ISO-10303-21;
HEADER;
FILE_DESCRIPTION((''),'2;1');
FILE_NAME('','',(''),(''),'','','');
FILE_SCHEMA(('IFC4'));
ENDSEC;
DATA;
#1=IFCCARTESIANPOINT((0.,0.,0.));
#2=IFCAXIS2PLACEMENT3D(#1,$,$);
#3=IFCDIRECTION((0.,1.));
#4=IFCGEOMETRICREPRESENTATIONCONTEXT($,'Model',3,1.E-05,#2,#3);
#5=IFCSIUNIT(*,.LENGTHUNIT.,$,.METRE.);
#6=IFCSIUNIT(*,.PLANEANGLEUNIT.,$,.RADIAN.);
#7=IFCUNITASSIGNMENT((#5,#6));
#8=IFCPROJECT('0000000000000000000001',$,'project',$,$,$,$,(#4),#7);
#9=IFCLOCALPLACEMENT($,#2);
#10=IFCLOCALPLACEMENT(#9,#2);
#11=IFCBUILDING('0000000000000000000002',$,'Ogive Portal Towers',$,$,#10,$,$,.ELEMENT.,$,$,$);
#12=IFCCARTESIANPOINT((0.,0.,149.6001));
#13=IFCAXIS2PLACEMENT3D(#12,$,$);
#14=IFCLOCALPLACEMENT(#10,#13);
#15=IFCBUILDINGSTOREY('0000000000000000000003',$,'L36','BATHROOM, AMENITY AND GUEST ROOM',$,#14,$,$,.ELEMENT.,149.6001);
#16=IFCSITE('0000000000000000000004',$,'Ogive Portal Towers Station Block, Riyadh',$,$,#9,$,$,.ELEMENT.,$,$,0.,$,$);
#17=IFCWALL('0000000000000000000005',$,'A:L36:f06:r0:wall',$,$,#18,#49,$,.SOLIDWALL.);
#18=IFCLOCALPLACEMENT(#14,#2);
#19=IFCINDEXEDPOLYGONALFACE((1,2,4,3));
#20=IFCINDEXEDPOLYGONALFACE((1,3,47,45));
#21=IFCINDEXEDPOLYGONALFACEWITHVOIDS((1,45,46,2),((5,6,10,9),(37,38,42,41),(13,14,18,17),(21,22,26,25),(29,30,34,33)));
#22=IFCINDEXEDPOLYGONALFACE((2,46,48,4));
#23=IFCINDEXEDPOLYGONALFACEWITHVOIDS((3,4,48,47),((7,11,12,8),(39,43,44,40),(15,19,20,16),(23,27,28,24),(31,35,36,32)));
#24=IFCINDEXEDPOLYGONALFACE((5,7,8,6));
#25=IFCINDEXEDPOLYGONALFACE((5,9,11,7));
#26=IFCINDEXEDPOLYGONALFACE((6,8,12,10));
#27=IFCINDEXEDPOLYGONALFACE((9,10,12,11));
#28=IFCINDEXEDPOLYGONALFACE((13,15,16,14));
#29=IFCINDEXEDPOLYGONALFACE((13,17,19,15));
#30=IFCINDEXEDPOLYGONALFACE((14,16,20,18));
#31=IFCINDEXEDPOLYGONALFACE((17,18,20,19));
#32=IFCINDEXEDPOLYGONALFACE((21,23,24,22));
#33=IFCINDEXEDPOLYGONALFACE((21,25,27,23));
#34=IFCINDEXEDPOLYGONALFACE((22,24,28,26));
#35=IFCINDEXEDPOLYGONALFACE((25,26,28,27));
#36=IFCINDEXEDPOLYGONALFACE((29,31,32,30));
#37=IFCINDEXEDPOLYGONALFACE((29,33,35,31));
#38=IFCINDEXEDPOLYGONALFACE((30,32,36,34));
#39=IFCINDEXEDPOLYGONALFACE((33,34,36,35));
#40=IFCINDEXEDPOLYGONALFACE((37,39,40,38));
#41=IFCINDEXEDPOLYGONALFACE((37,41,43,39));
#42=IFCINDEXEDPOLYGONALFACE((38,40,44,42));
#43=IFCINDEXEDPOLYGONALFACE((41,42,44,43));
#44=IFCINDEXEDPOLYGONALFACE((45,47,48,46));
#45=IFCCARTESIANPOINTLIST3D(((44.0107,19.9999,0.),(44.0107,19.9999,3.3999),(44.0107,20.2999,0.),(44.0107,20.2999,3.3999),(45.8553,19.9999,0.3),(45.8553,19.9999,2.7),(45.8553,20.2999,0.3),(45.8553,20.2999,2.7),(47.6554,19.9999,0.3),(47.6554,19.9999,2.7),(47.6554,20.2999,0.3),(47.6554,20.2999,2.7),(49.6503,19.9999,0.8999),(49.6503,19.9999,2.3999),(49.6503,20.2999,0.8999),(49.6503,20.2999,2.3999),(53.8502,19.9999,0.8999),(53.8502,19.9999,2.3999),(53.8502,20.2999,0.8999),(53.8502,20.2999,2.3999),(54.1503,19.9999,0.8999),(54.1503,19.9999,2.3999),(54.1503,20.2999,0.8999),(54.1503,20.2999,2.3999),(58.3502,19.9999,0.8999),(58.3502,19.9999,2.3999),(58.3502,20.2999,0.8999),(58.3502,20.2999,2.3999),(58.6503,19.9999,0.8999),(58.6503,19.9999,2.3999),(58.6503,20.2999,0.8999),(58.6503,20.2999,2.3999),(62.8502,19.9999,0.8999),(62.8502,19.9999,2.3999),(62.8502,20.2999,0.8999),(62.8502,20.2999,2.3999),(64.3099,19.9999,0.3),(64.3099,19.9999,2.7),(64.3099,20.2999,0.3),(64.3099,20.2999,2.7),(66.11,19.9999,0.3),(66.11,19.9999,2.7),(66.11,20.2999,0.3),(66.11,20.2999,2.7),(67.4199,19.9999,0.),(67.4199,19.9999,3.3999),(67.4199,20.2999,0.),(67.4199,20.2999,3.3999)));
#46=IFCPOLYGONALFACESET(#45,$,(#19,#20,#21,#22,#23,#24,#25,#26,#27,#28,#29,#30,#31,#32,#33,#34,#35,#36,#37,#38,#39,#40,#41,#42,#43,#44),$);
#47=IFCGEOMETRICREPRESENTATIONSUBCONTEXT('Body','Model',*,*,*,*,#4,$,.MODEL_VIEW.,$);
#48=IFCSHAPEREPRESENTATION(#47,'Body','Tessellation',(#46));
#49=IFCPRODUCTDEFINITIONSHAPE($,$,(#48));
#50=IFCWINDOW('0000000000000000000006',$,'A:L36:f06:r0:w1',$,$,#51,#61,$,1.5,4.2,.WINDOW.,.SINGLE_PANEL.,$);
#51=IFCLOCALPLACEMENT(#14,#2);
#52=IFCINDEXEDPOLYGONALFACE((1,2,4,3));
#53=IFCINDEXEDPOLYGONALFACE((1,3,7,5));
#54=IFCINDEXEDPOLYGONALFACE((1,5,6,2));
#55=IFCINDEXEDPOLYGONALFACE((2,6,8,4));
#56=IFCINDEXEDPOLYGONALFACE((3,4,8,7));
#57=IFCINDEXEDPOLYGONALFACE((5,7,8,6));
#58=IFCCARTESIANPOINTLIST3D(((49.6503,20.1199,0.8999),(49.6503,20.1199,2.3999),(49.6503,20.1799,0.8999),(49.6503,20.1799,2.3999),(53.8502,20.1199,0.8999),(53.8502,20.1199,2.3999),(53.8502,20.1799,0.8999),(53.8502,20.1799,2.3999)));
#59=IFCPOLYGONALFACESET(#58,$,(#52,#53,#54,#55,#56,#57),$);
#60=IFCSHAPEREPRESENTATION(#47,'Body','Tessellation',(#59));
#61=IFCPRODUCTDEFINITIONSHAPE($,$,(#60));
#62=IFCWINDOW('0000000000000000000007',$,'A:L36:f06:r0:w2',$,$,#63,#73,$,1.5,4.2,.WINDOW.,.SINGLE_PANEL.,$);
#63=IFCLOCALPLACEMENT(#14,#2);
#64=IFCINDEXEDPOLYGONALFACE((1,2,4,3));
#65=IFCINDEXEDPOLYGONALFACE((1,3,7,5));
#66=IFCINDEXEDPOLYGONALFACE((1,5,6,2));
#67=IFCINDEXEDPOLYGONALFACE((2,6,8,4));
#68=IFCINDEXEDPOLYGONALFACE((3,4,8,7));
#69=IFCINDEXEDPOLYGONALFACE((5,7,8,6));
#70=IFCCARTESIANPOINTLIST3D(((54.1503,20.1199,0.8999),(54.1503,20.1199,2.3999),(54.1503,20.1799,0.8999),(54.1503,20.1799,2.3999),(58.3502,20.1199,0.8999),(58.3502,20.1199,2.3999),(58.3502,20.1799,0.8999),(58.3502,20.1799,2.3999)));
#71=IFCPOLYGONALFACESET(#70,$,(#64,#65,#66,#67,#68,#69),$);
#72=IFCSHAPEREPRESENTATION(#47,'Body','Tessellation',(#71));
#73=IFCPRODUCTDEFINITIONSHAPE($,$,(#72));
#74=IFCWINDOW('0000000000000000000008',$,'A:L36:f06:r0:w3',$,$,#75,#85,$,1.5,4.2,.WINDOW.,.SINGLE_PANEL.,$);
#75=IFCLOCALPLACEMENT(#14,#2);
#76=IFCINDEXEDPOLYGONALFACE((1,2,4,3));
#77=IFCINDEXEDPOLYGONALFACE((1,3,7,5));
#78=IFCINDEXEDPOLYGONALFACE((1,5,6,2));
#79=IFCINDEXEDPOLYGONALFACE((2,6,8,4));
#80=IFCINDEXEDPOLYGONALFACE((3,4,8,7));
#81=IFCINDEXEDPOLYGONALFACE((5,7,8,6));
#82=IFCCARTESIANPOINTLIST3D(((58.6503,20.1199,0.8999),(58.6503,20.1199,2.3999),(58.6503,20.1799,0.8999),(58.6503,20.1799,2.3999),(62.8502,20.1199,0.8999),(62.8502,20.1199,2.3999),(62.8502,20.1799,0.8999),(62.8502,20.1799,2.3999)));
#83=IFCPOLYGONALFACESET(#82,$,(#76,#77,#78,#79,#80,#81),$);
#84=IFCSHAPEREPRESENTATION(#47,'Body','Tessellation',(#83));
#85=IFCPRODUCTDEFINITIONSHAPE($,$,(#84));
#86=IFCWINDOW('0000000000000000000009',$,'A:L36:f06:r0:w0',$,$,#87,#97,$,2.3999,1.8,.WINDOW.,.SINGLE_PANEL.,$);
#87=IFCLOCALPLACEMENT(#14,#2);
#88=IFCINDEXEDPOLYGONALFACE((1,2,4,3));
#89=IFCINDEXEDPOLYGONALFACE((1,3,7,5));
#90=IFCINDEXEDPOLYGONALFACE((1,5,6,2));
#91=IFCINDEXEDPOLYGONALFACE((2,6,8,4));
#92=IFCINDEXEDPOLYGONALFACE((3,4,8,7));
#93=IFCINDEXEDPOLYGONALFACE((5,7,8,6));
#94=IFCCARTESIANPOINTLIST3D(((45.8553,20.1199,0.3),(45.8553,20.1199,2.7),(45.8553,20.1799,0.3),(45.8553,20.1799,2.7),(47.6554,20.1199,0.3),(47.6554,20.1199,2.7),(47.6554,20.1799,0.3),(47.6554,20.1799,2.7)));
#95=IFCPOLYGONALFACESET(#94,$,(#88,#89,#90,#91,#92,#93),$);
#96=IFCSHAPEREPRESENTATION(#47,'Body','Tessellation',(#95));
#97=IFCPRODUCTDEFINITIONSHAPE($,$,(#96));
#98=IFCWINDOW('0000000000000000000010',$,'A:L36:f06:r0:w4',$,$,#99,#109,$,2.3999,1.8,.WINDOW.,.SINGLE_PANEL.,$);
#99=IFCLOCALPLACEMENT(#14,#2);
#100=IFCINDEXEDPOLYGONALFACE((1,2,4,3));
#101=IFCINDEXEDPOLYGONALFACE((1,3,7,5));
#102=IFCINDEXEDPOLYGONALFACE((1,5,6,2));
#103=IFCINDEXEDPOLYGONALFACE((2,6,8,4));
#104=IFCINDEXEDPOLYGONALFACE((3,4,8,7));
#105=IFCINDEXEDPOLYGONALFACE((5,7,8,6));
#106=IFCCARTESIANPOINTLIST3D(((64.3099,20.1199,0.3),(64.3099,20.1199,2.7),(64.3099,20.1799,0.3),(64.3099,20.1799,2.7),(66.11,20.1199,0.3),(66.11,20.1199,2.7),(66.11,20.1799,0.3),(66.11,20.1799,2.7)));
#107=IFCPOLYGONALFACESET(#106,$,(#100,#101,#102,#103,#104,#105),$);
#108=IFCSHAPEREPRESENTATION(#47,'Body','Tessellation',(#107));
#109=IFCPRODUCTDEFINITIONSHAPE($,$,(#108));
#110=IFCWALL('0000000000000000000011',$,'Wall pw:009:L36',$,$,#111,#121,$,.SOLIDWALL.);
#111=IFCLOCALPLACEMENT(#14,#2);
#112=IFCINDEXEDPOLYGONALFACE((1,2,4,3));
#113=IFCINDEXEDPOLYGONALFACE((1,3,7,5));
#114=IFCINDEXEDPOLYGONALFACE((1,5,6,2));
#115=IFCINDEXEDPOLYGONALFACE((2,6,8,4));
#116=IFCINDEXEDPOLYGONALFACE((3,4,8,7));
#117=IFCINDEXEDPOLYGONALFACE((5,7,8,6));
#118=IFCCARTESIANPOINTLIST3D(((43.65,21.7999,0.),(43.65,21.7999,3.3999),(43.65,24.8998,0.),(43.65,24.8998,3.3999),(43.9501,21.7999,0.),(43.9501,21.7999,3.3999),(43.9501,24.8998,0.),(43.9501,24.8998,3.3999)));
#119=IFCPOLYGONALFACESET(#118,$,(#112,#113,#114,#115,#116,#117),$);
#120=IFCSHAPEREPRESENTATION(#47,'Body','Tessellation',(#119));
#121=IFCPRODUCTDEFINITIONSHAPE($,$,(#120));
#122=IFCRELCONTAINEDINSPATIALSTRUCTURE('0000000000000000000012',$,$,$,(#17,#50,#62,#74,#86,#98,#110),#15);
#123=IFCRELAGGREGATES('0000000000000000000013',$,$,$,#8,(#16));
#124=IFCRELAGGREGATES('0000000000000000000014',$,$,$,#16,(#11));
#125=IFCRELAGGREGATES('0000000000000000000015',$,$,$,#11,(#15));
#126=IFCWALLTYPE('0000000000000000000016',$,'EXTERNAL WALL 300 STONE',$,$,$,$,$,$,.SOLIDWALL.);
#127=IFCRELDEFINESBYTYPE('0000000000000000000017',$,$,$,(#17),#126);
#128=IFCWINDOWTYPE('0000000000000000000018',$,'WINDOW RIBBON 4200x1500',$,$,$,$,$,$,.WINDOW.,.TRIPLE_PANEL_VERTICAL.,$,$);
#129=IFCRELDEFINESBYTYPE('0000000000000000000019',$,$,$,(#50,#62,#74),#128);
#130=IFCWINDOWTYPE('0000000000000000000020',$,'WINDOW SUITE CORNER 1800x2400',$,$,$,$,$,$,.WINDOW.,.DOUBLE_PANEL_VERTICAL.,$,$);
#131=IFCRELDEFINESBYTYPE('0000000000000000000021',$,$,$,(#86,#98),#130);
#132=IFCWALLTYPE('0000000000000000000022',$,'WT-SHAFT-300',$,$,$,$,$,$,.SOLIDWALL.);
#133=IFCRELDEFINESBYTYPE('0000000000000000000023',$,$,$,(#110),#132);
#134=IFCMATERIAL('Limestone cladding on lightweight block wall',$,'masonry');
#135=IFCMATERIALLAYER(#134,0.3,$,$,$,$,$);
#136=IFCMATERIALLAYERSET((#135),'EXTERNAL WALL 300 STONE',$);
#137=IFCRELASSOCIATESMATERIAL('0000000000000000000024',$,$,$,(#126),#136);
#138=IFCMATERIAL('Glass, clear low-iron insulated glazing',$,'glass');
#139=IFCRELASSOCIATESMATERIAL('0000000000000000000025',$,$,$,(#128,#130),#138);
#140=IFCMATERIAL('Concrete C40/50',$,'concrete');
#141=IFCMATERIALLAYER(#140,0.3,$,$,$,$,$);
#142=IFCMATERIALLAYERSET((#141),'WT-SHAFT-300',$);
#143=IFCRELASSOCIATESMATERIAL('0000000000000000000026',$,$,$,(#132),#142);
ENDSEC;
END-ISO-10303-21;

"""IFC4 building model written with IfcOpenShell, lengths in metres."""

from ifc_helpers import new_model, si_unit, direction, frame, frame_2d, origin, place, context, subcontext, project, spatial, rectangle, extrude, material, layer, layer_set, type_object, element, fill, save


model = new_model("IFC4")

# Units and contexts
model_context = context("Model", 3, precision=1e-05, world=origin(), true_north=direction((0.0, 1.0)))
body_context = subcontext(model_context, "Body", "Model", "MODEL_VIEW")
ifc_project = project(units=[si_unit("LENGTHUNIT", "METRE"), si_unit("PLANEANGLEUNIT", "RADIAN")], contexts=[model_context])

# Site, building, storey
site_placement = place(None, origin())
site = spatial("IfcSite", under=ifc_project, at=site_placement, Name="Ogive Portal Towers Station Block, Riyadh", CompositionType="ELEMENT", RefElevation=0.0)
building_placement = place(site_placement, origin())
building = spatial("IfcBuilding", under=site, at=building_placement, Name="Ogive Portal Towers", CompositionType="ELEMENT")
storey_placement = place(building_placement, frame((0.0, 0.0, 149.6001)))
storey = spatial("IfcBuildingStorey", under=building, at=storey_placement, Name="L36", Description="BATHROOM, AMENITY AND GUEST ROOM", CompositionType="ELEMENT", Elevation=149.6001)

# Shared definitions
ifc_material_1 = material(Name="Limestone cladding on lightweight block wall", Category="masonry")
ifc_layer_1 = layer(ifc_material_1, 0.3)
ifc_layer_set_1 = layer_set([ifc_layer_1], Name="EXTERNAL WALL 300 STONE")
wall_type_1 = type_object("IfcWallType", Name="EXTERNAL WALL 300 STONE", PredefinedType="SOLIDWALL", material=ifc_layer_set_1)

# Wall, openings, windows
wall_1_placement = place(storey_placement, frame((44.0107, 20.1499, 0.0), z_axis=(0.0, 0.0, 1.0), x_axis=(1.0, 0.0, 0.0)))
wall_1 = element("IfcWall", 1, at=wall_1_placement, inside=storey, type_object=wall_type_1, Name="A:L36:f06:r0:wall", PredefinedType="SOLIDWALL", context=body_context, shape_type="SweptSolid", body=[
    extrude(rectangle(XDim=23.4092, YDim=0.3, at=frame_2d((11.7046, 0.0))), origin(), (0.0, 0.0, 1.0), 3.3999),
])
opening_1_placement = place(wall_1_placement, frame((1.8447, 0.0, 0.3)))
opening_1 = element("IfcOpeningElement", 2, at=opening_1_placement, cuts=wall_1, PredefinedType="OPENING", context=body_context, shape_type="SweptSolid", body=[
    extrude(rectangle(XDim=1.8, YDim=2.3999, at=frame_2d((0.8999, 1.2))), frame((0.0, 0.1602, 0.0), z_axis=(0.0, -1.0, 0.0), x_axis=(1.0, 0.0, 0.0)), (0.0, 0.0, 1.0), 0.3201),
])
opening_2_placement = place(wall_1_placement, frame((5.6394, 0.0, 0.8999)))
opening_2 = element("IfcOpeningElement", 3, at=opening_2_placement, cuts=wall_1, PredefinedType="OPENING", context=body_context, shape_type="SweptSolid", body=[
    extrude(rectangle(XDim=4.2, YDim=1.5, at=frame_2d((2.1001, 0.75))), frame((0.0, 0.1602, 0.0), z_axis=(0.0, -1.0, 0.0), x_axis=(1.0, 0.0, 0.0)), (0.0, 0.0, 1.0), 0.3201),
])
opening_3_placement = place(wall_1_placement, frame((10.1394, 0.0, 0.8999)))
opening_3 = element("IfcOpeningElement", 4, at=opening_3_placement, cuts=wall_1, PredefinedType="OPENING", context=body_context, shape_type="SweptSolid", body=[
    extrude(rectangle(XDim=4.2, YDim=1.5, at=frame_2d((2.1001, 0.75))), frame((0.0, 0.1602, 0.0), z_axis=(0.0, -1.0, 0.0), x_axis=(1.0, 0.0, 0.0)), (0.0, 0.0, 1.0), 0.3201),
])
opening_4_placement = place(wall_1_placement, frame((14.6394, 0.0, 0.8999)))
opening_4 = element("IfcOpeningElement", 5, at=opening_4_placement, cuts=wall_1, PredefinedType="OPENING", context=body_context, shape_type="SweptSolid", body=[
    extrude(rectangle(XDim=4.2, YDim=1.5, at=frame_2d((2.1001, 0.75))), frame((0.0, 0.1602, 0.0), z_axis=(0.0, -1.0, 0.0), x_axis=(1.0, 0.0, 0.0)), (0.0, 0.0, 1.0), 0.3201),
])
opening_5_placement = place(wall_1_placement, frame((20.2993, 0.0, 0.3)))
opening_5 = element("IfcOpeningElement", 6, at=opening_5_placement, cuts=wall_1, PredefinedType="OPENING", context=body_context, shape_type="SweptSolid", body=[
    extrude(rectangle(XDim=1.8, YDim=2.3999, at=frame_2d((0.8999, 1.2))), frame((0.0, 0.1602, 0.0), z_axis=(0.0, -1.0, 0.0), x_axis=(1.0, 0.0, 0.0)), (0.0, 0.0, 1.0), 0.3201),
])
ifc_material_2 = material(Name="Glass, clear low-iron insulated glazing", Category="glass")
window_type_1 = type_object("IfcWindowType", Name="WINDOW RIBBON 4200x1500", PartitioningType="TRIPLE_PANEL_VERTICAL", PredefinedType="WINDOW", material=ifc_material_2)
window_1_placement = place(opening_2_placement, origin())
window_1 = element("IfcWindow", 7, at=window_1_placement, inside=storey, type_object=window_type_1, Name="A:L36:f06:r0:w1", OverallHeight=1.5, OverallWidth=4.2, PartitioningType="SINGLE_PANEL", PredefinedType="WINDOW", context=body_context, shape_type="SweptSolid", body=[
    extrude(rectangle(XDim=4.2, YDim=1.5, at=frame_2d((2.1001, 0.75))), frame((0.0, 0.03, 0.0), z_axis=(0.0, -1.0, 0.0), x_axis=(1.0, 0.0, 0.0)), (0.0, 0.0, 1.0), 0.0601),
])
fill(opening_2, window_1)
window_2_placement = place(opening_3_placement, origin())
window_2 = element("IfcWindow", 8, at=window_2_placement, inside=storey, type_object=window_type_1, Name="A:L36:f06:r0:w2", OverallHeight=1.5, OverallWidth=4.2, PartitioningType="SINGLE_PANEL", PredefinedType="WINDOW", context=body_context, shape_type="SweptSolid", body=[
    extrude(rectangle(XDim=4.2, YDim=1.5, at=frame_2d((2.1001, 0.75))), frame((0.0, 0.03, 0.0), z_axis=(0.0, -1.0, 0.0), x_axis=(1.0, 0.0, 0.0)), (0.0, 0.0, 1.0), 0.0601),
])
fill(opening_3, window_2)
window_3_placement = place(opening_4_placement, origin())
window_3 = element("IfcWindow", 9, at=window_3_placement, inside=storey, type_object=window_type_1, Name="A:L36:f06:r0:w3", OverallHeight=1.5, OverallWidth=4.2, PartitioningType="SINGLE_PANEL", PredefinedType="WINDOW", context=body_context, shape_type="SweptSolid", body=[
    extrude(rectangle(XDim=4.2, YDim=1.5, at=frame_2d((2.1001, 0.75))), frame((0.0, 0.03, 0.0), z_axis=(0.0, -1.0, 0.0), x_axis=(1.0, 0.0, 0.0)), (0.0, 0.0, 1.0), 0.0601),
])
fill(opening_4, window_3)
window_type_2 = type_object("IfcWindowType", Name="WINDOW SUITE CORNER 1800x2400", PartitioningType="DOUBLE_PANEL_VERTICAL", PredefinedType="WINDOW", material=ifc_material_2)
window_4_placement = place(opening_1_placement, origin())
window_4 = element("IfcWindow", 10, at=window_4_placement, inside=storey, type_object=window_type_2, Name="A:L36:f06:r0:w0", OverallHeight=2.3999, OverallWidth=1.8, PartitioningType="SINGLE_PANEL", PredefinedType="WINDOW", context=body_context, shape_type="SweptSolid", body=[
    extrude(rectangle(XDim=1.8, YDim=2.3999, at=frame_2d((0.8999, 1.2))), frame((0.0, 0.03, 0.0), z_axis=(0.0, -1.0, 0.0), x_axis=(1.0, 0.0, 0.0)), (0.0, 0.0, 1.0), 0.0601),
])
fill(opening_1, window_4)
window_5_placement = place(opening_5_placement, origin())
window_5 = element("IfcWindow", 11, at=window_5_placement, inside=storey, type_object=window_type_2, Name="A:L36:f06:r0:w4", OverallHeight=2.3999, OverallWidth=1.8, PartitioningType="SINGLE_PANEL", PredefinedType="WINDOW", context=body_context, shape_type="SweptSolid", body=[
    extrude(rectangle(XDim=1.8, YDim=2.3999, at=frame_2d((0.8999, 1.2))), frame((0.0, 0.03, 0.0), z_axis=(0.0, -1.0, 0.0), x_axis=(1.0, 0.0, 0.0)), (0.0, 0.0, 1.0), 0.0601),
])
fill(opening_5, window_5)

# Wall
ifc_material_3 = material(Name="Concrete C40/50", Category="concrete")
ifc_layer_2 = layer(ifc_material_3, 0.3)
ifc_layer_set_2 = layer_set([ifc_layer_2], Name="WT-SHAFT-300")
wall_type_2 = type_object("IfcWallType", Name="WT-SHAFT-300", PredefinedType="SOLIDWALL", material=ifc_layer_set_2)
wall_2_placement = place(storey_placement, frame((43.8, 21.8, 0.0), z_axis=(0.0, 0.0, 1.0), x_axis=(0.0, 1.0, 0.0)))
element("IfcWall", 12, at=wall_2_placement, inside=storey, type_object=wall_type_2, Name="Wall pw:009:L36", PredefinedType="SOLIDWALL", context=body_context, shape_type="SweptSolid", body=[
    extrude(rectangle(XDim=3.0999, YDim=0.3, at=frame_2d((1.5498, 0.0))), origin(), (0.0, 0.0, 1.0), 3.3999),
])

save(model, "model.ifc")
